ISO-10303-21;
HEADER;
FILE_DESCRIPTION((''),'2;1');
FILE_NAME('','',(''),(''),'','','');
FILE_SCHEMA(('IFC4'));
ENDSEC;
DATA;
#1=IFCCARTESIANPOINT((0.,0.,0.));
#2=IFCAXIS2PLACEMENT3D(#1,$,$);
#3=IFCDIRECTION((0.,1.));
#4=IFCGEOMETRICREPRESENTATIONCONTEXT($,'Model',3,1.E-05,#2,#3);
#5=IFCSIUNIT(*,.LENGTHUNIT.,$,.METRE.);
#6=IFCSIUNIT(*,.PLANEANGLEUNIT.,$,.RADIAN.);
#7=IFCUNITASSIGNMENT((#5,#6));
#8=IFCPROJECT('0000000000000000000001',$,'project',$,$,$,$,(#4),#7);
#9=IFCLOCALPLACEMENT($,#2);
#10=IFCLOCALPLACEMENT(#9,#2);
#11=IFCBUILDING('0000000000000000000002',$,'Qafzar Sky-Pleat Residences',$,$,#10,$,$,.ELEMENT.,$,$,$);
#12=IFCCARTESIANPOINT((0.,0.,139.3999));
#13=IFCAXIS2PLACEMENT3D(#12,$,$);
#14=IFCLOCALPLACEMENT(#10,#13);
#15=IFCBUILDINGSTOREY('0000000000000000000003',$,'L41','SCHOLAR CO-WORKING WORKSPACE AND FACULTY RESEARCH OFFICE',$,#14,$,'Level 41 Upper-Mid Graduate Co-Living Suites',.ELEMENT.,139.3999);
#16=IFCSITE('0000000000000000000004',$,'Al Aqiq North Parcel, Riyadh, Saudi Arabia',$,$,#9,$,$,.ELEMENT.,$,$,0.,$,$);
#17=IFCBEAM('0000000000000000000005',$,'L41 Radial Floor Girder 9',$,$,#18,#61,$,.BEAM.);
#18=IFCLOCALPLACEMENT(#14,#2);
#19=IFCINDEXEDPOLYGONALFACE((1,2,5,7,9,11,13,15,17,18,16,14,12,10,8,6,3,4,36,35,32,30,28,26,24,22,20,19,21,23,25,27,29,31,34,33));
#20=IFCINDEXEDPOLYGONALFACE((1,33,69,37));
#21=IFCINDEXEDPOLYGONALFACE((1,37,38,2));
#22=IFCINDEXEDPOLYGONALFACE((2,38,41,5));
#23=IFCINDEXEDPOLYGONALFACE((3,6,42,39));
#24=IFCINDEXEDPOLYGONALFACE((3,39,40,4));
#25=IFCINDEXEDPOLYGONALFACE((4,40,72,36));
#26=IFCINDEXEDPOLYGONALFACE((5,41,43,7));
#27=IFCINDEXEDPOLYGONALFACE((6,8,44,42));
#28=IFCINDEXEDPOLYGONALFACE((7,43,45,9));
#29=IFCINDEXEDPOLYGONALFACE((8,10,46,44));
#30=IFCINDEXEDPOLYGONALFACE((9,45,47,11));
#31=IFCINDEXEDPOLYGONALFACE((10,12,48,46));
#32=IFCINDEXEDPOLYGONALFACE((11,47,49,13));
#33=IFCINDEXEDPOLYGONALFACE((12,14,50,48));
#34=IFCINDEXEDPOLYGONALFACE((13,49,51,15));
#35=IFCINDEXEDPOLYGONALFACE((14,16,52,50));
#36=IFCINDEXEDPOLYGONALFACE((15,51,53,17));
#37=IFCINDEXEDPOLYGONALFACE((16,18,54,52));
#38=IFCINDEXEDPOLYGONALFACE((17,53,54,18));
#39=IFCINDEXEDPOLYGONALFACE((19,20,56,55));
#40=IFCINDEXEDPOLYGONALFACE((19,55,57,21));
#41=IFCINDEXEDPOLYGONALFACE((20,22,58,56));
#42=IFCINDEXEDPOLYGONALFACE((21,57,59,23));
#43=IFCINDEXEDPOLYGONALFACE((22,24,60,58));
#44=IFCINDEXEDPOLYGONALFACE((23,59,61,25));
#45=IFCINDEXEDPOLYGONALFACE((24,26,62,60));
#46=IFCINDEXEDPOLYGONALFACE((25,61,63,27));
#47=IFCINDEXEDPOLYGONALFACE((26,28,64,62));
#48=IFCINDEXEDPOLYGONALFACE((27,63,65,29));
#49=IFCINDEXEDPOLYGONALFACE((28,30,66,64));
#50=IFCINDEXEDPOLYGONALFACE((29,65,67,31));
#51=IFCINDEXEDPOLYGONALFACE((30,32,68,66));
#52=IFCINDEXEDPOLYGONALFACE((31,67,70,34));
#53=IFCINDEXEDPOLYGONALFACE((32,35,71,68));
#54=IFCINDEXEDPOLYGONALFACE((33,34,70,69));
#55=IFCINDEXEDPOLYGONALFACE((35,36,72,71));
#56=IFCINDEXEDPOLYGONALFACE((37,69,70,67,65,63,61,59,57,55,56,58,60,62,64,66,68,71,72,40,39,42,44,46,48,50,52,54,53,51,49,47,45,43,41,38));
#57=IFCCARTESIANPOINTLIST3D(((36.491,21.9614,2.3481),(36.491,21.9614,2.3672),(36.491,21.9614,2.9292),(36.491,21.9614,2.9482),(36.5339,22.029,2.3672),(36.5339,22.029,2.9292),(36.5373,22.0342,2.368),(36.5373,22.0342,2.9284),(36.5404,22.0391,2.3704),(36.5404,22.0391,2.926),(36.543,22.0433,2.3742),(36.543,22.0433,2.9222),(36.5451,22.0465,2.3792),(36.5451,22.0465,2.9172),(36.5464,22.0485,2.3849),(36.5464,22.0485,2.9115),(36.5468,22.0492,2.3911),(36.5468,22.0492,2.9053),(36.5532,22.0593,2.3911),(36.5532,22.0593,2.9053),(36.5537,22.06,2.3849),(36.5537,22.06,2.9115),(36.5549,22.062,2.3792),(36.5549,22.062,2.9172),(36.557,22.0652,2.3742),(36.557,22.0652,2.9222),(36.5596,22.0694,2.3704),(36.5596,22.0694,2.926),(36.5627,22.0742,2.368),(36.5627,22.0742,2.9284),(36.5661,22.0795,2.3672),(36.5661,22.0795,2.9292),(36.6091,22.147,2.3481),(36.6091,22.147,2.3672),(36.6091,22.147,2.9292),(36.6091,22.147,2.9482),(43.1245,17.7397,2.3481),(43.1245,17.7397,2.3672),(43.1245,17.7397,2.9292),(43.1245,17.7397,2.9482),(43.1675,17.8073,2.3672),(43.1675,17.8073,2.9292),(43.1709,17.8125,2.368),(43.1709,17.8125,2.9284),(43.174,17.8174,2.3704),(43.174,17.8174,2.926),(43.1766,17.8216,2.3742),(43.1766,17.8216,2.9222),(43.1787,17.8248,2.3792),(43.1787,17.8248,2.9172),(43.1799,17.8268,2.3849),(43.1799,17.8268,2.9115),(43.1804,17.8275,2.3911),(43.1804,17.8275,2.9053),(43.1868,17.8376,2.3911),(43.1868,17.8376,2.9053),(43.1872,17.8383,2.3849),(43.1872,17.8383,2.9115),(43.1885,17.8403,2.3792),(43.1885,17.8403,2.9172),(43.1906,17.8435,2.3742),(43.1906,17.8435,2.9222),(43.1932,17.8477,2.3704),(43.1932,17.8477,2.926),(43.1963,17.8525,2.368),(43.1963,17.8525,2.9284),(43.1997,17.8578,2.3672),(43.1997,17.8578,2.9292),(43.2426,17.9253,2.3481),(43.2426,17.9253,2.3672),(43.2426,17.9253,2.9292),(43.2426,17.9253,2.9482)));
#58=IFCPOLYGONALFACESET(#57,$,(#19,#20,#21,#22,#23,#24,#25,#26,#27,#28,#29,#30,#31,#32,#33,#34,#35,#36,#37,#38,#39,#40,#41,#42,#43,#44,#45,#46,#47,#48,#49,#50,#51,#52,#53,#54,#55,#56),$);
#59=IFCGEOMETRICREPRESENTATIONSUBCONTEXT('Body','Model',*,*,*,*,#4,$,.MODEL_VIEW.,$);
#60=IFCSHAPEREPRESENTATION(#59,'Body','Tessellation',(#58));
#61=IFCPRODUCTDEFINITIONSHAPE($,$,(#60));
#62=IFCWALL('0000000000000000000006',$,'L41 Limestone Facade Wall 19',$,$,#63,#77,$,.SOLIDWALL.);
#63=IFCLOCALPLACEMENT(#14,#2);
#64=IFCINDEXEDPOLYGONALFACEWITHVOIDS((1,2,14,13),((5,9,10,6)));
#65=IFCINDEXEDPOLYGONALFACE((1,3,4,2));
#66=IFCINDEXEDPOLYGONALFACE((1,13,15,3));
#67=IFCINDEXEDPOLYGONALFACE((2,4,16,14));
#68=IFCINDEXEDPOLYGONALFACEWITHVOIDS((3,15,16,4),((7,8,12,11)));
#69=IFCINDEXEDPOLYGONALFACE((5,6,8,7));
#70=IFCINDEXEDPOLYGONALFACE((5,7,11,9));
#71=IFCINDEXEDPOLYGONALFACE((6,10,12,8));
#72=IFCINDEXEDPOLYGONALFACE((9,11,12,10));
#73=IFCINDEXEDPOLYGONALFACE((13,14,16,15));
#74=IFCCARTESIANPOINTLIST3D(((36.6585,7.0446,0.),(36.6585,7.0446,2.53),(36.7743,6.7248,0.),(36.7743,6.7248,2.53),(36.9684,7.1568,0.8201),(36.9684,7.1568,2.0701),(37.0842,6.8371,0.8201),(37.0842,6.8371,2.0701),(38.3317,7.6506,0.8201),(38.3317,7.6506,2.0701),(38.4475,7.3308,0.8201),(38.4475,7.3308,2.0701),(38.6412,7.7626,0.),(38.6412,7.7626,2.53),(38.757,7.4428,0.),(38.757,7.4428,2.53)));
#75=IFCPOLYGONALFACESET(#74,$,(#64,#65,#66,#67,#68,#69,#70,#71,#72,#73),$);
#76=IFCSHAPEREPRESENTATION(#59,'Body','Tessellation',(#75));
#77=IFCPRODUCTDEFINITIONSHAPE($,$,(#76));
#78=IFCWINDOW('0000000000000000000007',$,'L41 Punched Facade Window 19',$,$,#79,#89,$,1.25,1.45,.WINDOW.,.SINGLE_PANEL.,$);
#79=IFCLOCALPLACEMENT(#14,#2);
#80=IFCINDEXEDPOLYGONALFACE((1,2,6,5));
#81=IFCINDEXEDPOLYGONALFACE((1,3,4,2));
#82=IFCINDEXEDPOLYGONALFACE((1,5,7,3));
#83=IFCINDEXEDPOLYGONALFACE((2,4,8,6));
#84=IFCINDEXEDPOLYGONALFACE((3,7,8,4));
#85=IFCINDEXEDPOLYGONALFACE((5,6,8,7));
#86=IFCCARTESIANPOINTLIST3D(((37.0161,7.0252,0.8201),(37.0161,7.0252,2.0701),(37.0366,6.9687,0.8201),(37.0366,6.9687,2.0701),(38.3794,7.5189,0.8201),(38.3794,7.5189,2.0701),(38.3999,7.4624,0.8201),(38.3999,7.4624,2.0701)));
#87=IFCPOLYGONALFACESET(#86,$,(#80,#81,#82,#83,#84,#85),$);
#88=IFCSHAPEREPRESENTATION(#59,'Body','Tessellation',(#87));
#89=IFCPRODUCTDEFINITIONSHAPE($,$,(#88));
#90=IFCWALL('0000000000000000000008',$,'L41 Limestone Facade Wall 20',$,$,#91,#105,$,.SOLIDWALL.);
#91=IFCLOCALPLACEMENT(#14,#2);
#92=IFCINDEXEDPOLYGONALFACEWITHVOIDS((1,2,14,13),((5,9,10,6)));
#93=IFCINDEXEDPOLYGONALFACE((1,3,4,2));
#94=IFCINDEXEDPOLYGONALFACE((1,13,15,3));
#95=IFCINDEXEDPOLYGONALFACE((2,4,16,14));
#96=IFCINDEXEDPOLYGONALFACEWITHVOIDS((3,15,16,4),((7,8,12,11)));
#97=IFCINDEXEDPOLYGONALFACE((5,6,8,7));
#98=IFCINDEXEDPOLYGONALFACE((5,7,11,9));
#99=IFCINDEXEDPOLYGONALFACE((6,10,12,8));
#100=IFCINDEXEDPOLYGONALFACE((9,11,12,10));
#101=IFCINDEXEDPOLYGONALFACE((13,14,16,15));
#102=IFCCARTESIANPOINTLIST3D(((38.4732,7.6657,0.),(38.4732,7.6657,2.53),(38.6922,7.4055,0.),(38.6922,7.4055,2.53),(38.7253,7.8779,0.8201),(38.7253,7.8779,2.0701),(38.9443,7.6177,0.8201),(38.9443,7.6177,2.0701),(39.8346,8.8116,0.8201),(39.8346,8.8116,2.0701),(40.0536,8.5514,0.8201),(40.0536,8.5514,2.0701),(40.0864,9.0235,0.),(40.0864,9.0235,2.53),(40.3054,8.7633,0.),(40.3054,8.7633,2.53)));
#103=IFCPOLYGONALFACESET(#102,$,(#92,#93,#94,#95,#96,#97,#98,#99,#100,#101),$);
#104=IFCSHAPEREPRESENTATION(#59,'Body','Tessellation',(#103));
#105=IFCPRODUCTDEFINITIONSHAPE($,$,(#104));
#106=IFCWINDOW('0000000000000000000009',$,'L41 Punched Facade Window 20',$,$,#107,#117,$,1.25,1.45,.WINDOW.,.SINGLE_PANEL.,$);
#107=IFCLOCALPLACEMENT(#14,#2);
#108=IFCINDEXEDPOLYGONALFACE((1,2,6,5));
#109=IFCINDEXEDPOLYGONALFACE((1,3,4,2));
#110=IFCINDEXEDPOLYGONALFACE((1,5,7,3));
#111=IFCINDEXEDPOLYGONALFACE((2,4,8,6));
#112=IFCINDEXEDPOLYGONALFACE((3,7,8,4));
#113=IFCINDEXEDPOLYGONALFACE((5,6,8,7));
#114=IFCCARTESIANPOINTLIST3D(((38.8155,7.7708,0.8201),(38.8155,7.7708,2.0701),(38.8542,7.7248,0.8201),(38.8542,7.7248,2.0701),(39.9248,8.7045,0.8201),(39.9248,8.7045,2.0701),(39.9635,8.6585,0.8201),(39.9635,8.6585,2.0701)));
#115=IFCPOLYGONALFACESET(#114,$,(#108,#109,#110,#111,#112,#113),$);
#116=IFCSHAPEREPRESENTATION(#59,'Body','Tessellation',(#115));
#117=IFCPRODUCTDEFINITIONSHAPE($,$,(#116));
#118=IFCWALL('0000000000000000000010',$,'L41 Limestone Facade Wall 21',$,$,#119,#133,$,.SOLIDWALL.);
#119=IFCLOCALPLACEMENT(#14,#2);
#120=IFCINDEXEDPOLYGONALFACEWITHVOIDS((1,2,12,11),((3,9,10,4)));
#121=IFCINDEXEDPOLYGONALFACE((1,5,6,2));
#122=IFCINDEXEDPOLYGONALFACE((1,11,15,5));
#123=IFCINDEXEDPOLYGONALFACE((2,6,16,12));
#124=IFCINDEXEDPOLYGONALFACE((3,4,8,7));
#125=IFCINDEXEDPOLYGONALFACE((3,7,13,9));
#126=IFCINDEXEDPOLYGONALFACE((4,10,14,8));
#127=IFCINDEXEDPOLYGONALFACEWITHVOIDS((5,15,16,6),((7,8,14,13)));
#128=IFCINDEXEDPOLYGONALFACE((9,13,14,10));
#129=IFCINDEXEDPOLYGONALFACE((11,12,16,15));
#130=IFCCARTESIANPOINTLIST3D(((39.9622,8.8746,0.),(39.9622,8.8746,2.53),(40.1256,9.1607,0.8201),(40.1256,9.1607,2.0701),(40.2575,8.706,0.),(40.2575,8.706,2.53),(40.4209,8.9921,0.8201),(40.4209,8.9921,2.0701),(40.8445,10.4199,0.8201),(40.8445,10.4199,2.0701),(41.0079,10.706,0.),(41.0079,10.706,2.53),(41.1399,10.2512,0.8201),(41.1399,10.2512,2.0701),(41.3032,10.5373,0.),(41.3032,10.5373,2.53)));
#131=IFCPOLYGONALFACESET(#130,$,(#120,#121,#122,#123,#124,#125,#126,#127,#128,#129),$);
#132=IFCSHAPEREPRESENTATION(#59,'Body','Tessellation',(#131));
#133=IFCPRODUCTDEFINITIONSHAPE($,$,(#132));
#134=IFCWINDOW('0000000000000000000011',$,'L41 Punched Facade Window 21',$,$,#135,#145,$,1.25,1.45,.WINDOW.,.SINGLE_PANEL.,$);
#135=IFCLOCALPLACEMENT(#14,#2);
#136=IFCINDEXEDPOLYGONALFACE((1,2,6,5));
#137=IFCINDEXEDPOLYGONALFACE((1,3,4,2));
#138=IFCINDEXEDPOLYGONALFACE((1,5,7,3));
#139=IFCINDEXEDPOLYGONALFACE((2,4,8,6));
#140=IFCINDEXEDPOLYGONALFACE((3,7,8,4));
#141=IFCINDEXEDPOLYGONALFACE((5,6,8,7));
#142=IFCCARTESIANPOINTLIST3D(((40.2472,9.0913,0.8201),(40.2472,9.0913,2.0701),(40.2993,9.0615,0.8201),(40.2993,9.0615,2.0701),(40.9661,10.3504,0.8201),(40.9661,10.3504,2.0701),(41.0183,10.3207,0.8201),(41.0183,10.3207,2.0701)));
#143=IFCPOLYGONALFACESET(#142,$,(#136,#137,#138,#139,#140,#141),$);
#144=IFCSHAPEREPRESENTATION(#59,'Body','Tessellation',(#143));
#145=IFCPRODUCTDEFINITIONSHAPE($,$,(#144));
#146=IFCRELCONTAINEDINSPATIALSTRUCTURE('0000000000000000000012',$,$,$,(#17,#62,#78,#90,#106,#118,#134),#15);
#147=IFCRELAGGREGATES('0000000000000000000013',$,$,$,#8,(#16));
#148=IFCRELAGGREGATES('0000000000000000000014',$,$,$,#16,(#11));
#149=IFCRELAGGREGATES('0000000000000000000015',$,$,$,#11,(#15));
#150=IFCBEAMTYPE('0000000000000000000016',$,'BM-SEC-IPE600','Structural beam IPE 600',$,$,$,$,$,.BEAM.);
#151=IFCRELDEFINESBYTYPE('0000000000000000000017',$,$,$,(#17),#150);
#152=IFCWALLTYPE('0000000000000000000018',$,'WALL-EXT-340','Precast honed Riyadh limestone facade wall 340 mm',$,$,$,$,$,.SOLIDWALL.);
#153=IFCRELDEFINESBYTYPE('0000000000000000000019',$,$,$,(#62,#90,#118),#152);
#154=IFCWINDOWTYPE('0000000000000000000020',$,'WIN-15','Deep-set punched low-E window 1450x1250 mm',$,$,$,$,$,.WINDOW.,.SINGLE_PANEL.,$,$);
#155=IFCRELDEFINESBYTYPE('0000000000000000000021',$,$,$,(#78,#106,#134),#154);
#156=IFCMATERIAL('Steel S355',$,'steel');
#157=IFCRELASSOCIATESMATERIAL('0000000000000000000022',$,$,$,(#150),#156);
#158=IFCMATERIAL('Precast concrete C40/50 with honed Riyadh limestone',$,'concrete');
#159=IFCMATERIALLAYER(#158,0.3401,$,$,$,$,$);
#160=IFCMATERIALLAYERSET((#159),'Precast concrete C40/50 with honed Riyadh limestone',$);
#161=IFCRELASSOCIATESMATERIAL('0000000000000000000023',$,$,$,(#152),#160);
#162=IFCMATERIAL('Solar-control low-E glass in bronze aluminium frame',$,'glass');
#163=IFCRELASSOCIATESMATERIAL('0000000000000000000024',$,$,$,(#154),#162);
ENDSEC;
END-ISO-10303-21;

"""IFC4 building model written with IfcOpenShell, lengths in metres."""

from ifc_helpers import new_model, si_unit, direction, frame, frame_2d, origin, origin_2d, place, context, subcontext, project, spatial, rectangle, i_section, extrude, source, transform, mapped, material, layer, layer_set, material_profile, profile_set, type_object, element, fill, save


model = new_model("IFC4")

# Units and contexts
model_context = context("Model", 3, precision=1e-05, world=origin(), true_north=direction((0.0, 1.0)))
body_context = subcontext(model_context, "Body", "Model", "MODEL_VIEW")
ifc_project = project(units=[si_unit("LENGTHUNIT", "METRE"), si_unit("PLANEANGLEUNIT", "RADIAN")], contexts=[model_context])

# Site, building, storey
site_placement = place(None, origin())
site = spatial("IfcSite", under=ifc_project, at=site_placement, Name="Al Aqiq North Parcel, Riyadh, Saudi Arabia", CompositionType="ELEMENT", RefElevation=0.0)
building_placement = place(site_placement, origin())
building = spatial("IfcBuilding", under=site, at=building_placement, Name="Qafzar Sky-Pleat Residences", CompositionType="ELEMENT")
storey_placement = place(building_placement, frame((0.0, 0.0, 139.3999)))
storey = spatial("IfcBuildingStorey", under=building, at=storey_placement, Name="L41", Description="SCHOLAR CO-WORKING WORKSPACE AND FACULTY RESEARCH OFFICE", LongName="Level 41 Upper-Mid Graduate Co-Living Suites", CompositionType="ELEMENT", Elevation=139.3999)

# Shared definitions
ifc_material_1 = material(Name="Steel S355", Category="steel")

# Beam
ifc_material_profile_1 = material_profile(ifc_material_1, i_section(OverallWidth=0.22, OverallDepth=0.6001, WebThickness=0.012, FlangeThickness=0.019, FilletRadius=0.0239, at=origin_2d()), Name="IPE 600")
ifc_profile_set_1 = profile_set([ifc_material_profile_1], Name="Steel S355")
beam_type_1 = type_object("IfcBeamType", Name="BM-SEC-IPE600", Description="Structural beam IPE 600", PredefinedType="BEAM", material=ifc_profile_set_1)
shared_shape_1 = source(origin(), body_context, "Body", "SweptSolid", [
    extrude(i_section(OverallWidth=0.22, OverallDepth=0.6001, WebThickness=0.012, FlangeThickness=0.019, FilletRadius=0.0239, at=origin_2d()), origin(), (0.0, 0.0, 1.0), 7.863),
])
beam_1_placement = place(storey_placement, frame((43.1836, 17.8325, 2.6482), z_axis=(-0.843642, 0.536906, 0.0), x_axis=(-0.536906, -0.843642, 0.0)))
element("IfcBeam", 1, at=beam_1_placement, inside=storey, type_object=beam_type_1, Name="L41 Radial Floor Girder 9", PredefinedType="BEAM", context=body_context, shape_type="MappedRepresentation", body=[
    mapped(shared_shape_1, transform((0.0, 0.0, 0.0), x_axis=(1.0, 0.0, 0.0), y_axis=(0.0, 1.0, 0.0), z_axis=(0.0, 0.0, 1.0), scale=1.0)),
])

# Walls, openings, windows
ifc_material_2 = material(Name="Precast concrete C40/50 with honed Riyadh limestone", Category="concrete")
ifc_layer_1 = layer(ifc_material_2, 0.3401)
ifc_layer_set_1 = layer_set([ifc_layer_1], Name="Precast concrete C40/50 with honed Riyadh limestone")
wall_type = type_object("IfcWallType", Name="WALL-EXT-340", Description="Precast honed Riyadh limestone facade wall 340 mm", PredefinedType="SOLIDWALL", material=ifc_layer_set_1)
wall_1_placement = place(storey_placement, frame((36.7166, 6.8848, 0.0), z_axis=(0.0, 0.0, 1.0), x_axis=(0.940242, 0.340506, 0.0)))
wall_1 = element("IfcWall", 2, at=wall_1_placement, inside=storey, type_object=wall_type, Name="L41 Limestone Facade Wall 19", PredefinedType="SOLIDWALL", context=body_context, shape_type="SweptSolid", body=[
    extrude(rectangle(XDim=2.1086, YDim=0.3401, at=frame_2d((1.0542, 0.0))), origin(), (0.0, 0.0, 1.0), 2.53),
])
opening_1_placement = place(wall_1_placement, frame((0.3293, 0.0, 0.8201)))
opening_1 = element("IfcOpeningElement", 3, at=opening_1_placement, cuts=wall_1, PredefinedType="OPENING", context=body_context, shape_type="SweptSolid", body=[
    extrude(rectangle(XDim=1.45, YDim=1.25, at=frame_2d((0.7251, 0.625))), frame((0.0, 0.1802, 0.0), z_axis=(0.0, -1.0, 0.0), x_axis=(1.0, 0.0, 0.0)), (0.0, 0.0, 1.0), 0.3601),
])
ifc_material_3 = material(Name="Solar-control low-E glass in bronze aluminium frame", Category="glass")
window_type_1 = type_object("IfcWindowType", Name="WIN-15", Description="Deep-set punched low-E window 1450x1250 mm", PartitioningType="SINGLE_PANEL", PredefinedType="WINDOW", material=ifc_material_3)
shared_shape_2 = source(origin(), body_context, "Body", "SweptSolid", [
    extrude(rectangle(XDim=1.45, YDim=1.25, at=frame_2d((0.7251, 0.625))), frame((0.0, 0.03, 0.0), z_axis=(0.0, -1.0, 0.0), x_axis=(1.0, 0.0, 0.0)), (0.0, 0.0, 1.0), 0.0601),
])
window_1_placement = place(opening_1_placement, origin())
window_1 = element("IfcWindow", 4, at=window_1_placement, inside=storey, type_object=window_type_1, Name="L41 Punched Facade Window 19", OverallHeight=1.25, OverallWidth=1.45, PartitioningType="SINGLE_PANEL", PredefinedType="WINDOW", context=body_context, shape_type="MappedRepresentation", body=[
    mapped(shared_shape_2, transform((0.0, 0.0, 0.0), x_axis=(1.0, 0.0, 0.0), y_axis=(0.0, 1.0, 0.0), z_axis=(0.0, 0.0, 1.0), scale=1.0)),
])
fill(opening_1, window_1)
wall_2_placement = place(storey_placement, frame((38.5828, 7.5356, 0.0), z_axis=(0.0, 0.0, 1.0), x_axis=(0.765061, 0.643957, 0.0)))
wall_2 = element("IfcWall", 5, at=wall_2_placement, inside=storey, type_object=wall_type, Name="L41 Limestone Facade Wall 20", PredefinedType="SOLIDWALL", context=body_context, shape_type="SweptSolid", body=[
    extrude(rectangle(XDim=2.1086, YDim=0.3401, at=frame_2d((1.0542, 0.0))), origin(), (0.0, 0.0, 1.0), 2.53),
])
opening_2_placement = place(wall_2_placement, frame((0.3293, 0.0, 0.8201)))
opening_2 = element("IfcOpeningElement", 6, at=opening_2_placement, cuts=wall_2, PredefinedType="OPENING", context=body_context, shape_type="SweptSolid", body=[
    extrude(rectangle(XDim=1.45, YDim=1.25, at=frame_2d((0.7251, 0.625))), frame((0.0, 0.1802, 0.0), z_axis=(0.0, -1.0, 0.0), x_axis=(1.0, 0.0, 0.0)), (0.0, 0.0, 1.0), 0.3601),
])
window_2_placement = place(opening_2_placement, origin())
window_2 = element("IfcWindow", 7, at=window_2_placement, inside=storey, type_object=window_type_1, Name="L41 Punched Facade Window 20", OverallHeight=1.25, OverallWidth=1.45, PartitioningType="SINGLE_PANEL", PredefinedType="WINDOW", context=body_context, shape_type="MappedRepresentation", body=[
    mapped(shared_shape_2, transform((0.0, 0.0, 0.0), x_axis=(1.0, 0.0, 0.0), y_axis=(0.0, 1.0, 0.0), z_axis=(0.0, 0.0, 1.0), scale=1.0)),
])
fill(opening_2, window_2)
wall_3_placement = place(storey_placement, frame((40.1099, 8.7903, 0.0), z_axis=(0.0, 0.0, 1.0), x_axis=(0.495852, 0.868407, 0.0)))
wall_3 = element("IfcWall", 8, at=wall_3_placement, inside=storey, type_object=wall_type, Name="L41 Limestone Facade Wall 21", PredefinedType="SOLIDWALL", context=body_context, shape_type="SweptSolid", body=[
    extrude(rectangle(XDim=2.1089, YDim=0.3401, at=frame_2d((1.0544, 0.0))), origin(), (0.0, 0.0, 1.0), 2.53),
])
opening_3_placement = place(wall_3_placement, frame((0.3293, 0.0, 0.8201)))
opening_3 = element("IfcOpeningElement", 9, at=opening_3_placement, cuts=wall_3, PredefinedType="OPENING", context=body_context, shape_type="SweptSolid", body=[
    extrude(rectangle(XDim=1.45, YDim=1.25, at=frame_2d((0.7251, 0.625))), frame((0.0, 0.1802, 0.0), z_axis=(0.0, -1.0, 0.0), x_axis=(1.0, 0.0, 0.0)), (0.0, 0.0, 1.0), 0.3601),
])
window_3_placement = place(opening_3_placement, origin())
window_3 = element("IfcWindow", 10, at=window_3_placement, inside=storey, type_object=window_type_1, Name="L41 Punched Facade Window 21", OverallHeight=1.25, OverallWidth=1.45, PartitioningType="SINGLE_PANEL", PredefinedType="WINDOW", context=body_context, shape_type="MappedRepresentation", body=[
    mapped(shared_shape_2, transform((0.0, 0.0, 0.0), x_axis=(1.0, 0.0, 0.0), y_axis=(0.0, 1.0, 0.0), z_axis=(0.0, 0.0, 1.0), scale=1.0)),
])
fill(opening_3, window_3)

save(model, "model.ifc")
